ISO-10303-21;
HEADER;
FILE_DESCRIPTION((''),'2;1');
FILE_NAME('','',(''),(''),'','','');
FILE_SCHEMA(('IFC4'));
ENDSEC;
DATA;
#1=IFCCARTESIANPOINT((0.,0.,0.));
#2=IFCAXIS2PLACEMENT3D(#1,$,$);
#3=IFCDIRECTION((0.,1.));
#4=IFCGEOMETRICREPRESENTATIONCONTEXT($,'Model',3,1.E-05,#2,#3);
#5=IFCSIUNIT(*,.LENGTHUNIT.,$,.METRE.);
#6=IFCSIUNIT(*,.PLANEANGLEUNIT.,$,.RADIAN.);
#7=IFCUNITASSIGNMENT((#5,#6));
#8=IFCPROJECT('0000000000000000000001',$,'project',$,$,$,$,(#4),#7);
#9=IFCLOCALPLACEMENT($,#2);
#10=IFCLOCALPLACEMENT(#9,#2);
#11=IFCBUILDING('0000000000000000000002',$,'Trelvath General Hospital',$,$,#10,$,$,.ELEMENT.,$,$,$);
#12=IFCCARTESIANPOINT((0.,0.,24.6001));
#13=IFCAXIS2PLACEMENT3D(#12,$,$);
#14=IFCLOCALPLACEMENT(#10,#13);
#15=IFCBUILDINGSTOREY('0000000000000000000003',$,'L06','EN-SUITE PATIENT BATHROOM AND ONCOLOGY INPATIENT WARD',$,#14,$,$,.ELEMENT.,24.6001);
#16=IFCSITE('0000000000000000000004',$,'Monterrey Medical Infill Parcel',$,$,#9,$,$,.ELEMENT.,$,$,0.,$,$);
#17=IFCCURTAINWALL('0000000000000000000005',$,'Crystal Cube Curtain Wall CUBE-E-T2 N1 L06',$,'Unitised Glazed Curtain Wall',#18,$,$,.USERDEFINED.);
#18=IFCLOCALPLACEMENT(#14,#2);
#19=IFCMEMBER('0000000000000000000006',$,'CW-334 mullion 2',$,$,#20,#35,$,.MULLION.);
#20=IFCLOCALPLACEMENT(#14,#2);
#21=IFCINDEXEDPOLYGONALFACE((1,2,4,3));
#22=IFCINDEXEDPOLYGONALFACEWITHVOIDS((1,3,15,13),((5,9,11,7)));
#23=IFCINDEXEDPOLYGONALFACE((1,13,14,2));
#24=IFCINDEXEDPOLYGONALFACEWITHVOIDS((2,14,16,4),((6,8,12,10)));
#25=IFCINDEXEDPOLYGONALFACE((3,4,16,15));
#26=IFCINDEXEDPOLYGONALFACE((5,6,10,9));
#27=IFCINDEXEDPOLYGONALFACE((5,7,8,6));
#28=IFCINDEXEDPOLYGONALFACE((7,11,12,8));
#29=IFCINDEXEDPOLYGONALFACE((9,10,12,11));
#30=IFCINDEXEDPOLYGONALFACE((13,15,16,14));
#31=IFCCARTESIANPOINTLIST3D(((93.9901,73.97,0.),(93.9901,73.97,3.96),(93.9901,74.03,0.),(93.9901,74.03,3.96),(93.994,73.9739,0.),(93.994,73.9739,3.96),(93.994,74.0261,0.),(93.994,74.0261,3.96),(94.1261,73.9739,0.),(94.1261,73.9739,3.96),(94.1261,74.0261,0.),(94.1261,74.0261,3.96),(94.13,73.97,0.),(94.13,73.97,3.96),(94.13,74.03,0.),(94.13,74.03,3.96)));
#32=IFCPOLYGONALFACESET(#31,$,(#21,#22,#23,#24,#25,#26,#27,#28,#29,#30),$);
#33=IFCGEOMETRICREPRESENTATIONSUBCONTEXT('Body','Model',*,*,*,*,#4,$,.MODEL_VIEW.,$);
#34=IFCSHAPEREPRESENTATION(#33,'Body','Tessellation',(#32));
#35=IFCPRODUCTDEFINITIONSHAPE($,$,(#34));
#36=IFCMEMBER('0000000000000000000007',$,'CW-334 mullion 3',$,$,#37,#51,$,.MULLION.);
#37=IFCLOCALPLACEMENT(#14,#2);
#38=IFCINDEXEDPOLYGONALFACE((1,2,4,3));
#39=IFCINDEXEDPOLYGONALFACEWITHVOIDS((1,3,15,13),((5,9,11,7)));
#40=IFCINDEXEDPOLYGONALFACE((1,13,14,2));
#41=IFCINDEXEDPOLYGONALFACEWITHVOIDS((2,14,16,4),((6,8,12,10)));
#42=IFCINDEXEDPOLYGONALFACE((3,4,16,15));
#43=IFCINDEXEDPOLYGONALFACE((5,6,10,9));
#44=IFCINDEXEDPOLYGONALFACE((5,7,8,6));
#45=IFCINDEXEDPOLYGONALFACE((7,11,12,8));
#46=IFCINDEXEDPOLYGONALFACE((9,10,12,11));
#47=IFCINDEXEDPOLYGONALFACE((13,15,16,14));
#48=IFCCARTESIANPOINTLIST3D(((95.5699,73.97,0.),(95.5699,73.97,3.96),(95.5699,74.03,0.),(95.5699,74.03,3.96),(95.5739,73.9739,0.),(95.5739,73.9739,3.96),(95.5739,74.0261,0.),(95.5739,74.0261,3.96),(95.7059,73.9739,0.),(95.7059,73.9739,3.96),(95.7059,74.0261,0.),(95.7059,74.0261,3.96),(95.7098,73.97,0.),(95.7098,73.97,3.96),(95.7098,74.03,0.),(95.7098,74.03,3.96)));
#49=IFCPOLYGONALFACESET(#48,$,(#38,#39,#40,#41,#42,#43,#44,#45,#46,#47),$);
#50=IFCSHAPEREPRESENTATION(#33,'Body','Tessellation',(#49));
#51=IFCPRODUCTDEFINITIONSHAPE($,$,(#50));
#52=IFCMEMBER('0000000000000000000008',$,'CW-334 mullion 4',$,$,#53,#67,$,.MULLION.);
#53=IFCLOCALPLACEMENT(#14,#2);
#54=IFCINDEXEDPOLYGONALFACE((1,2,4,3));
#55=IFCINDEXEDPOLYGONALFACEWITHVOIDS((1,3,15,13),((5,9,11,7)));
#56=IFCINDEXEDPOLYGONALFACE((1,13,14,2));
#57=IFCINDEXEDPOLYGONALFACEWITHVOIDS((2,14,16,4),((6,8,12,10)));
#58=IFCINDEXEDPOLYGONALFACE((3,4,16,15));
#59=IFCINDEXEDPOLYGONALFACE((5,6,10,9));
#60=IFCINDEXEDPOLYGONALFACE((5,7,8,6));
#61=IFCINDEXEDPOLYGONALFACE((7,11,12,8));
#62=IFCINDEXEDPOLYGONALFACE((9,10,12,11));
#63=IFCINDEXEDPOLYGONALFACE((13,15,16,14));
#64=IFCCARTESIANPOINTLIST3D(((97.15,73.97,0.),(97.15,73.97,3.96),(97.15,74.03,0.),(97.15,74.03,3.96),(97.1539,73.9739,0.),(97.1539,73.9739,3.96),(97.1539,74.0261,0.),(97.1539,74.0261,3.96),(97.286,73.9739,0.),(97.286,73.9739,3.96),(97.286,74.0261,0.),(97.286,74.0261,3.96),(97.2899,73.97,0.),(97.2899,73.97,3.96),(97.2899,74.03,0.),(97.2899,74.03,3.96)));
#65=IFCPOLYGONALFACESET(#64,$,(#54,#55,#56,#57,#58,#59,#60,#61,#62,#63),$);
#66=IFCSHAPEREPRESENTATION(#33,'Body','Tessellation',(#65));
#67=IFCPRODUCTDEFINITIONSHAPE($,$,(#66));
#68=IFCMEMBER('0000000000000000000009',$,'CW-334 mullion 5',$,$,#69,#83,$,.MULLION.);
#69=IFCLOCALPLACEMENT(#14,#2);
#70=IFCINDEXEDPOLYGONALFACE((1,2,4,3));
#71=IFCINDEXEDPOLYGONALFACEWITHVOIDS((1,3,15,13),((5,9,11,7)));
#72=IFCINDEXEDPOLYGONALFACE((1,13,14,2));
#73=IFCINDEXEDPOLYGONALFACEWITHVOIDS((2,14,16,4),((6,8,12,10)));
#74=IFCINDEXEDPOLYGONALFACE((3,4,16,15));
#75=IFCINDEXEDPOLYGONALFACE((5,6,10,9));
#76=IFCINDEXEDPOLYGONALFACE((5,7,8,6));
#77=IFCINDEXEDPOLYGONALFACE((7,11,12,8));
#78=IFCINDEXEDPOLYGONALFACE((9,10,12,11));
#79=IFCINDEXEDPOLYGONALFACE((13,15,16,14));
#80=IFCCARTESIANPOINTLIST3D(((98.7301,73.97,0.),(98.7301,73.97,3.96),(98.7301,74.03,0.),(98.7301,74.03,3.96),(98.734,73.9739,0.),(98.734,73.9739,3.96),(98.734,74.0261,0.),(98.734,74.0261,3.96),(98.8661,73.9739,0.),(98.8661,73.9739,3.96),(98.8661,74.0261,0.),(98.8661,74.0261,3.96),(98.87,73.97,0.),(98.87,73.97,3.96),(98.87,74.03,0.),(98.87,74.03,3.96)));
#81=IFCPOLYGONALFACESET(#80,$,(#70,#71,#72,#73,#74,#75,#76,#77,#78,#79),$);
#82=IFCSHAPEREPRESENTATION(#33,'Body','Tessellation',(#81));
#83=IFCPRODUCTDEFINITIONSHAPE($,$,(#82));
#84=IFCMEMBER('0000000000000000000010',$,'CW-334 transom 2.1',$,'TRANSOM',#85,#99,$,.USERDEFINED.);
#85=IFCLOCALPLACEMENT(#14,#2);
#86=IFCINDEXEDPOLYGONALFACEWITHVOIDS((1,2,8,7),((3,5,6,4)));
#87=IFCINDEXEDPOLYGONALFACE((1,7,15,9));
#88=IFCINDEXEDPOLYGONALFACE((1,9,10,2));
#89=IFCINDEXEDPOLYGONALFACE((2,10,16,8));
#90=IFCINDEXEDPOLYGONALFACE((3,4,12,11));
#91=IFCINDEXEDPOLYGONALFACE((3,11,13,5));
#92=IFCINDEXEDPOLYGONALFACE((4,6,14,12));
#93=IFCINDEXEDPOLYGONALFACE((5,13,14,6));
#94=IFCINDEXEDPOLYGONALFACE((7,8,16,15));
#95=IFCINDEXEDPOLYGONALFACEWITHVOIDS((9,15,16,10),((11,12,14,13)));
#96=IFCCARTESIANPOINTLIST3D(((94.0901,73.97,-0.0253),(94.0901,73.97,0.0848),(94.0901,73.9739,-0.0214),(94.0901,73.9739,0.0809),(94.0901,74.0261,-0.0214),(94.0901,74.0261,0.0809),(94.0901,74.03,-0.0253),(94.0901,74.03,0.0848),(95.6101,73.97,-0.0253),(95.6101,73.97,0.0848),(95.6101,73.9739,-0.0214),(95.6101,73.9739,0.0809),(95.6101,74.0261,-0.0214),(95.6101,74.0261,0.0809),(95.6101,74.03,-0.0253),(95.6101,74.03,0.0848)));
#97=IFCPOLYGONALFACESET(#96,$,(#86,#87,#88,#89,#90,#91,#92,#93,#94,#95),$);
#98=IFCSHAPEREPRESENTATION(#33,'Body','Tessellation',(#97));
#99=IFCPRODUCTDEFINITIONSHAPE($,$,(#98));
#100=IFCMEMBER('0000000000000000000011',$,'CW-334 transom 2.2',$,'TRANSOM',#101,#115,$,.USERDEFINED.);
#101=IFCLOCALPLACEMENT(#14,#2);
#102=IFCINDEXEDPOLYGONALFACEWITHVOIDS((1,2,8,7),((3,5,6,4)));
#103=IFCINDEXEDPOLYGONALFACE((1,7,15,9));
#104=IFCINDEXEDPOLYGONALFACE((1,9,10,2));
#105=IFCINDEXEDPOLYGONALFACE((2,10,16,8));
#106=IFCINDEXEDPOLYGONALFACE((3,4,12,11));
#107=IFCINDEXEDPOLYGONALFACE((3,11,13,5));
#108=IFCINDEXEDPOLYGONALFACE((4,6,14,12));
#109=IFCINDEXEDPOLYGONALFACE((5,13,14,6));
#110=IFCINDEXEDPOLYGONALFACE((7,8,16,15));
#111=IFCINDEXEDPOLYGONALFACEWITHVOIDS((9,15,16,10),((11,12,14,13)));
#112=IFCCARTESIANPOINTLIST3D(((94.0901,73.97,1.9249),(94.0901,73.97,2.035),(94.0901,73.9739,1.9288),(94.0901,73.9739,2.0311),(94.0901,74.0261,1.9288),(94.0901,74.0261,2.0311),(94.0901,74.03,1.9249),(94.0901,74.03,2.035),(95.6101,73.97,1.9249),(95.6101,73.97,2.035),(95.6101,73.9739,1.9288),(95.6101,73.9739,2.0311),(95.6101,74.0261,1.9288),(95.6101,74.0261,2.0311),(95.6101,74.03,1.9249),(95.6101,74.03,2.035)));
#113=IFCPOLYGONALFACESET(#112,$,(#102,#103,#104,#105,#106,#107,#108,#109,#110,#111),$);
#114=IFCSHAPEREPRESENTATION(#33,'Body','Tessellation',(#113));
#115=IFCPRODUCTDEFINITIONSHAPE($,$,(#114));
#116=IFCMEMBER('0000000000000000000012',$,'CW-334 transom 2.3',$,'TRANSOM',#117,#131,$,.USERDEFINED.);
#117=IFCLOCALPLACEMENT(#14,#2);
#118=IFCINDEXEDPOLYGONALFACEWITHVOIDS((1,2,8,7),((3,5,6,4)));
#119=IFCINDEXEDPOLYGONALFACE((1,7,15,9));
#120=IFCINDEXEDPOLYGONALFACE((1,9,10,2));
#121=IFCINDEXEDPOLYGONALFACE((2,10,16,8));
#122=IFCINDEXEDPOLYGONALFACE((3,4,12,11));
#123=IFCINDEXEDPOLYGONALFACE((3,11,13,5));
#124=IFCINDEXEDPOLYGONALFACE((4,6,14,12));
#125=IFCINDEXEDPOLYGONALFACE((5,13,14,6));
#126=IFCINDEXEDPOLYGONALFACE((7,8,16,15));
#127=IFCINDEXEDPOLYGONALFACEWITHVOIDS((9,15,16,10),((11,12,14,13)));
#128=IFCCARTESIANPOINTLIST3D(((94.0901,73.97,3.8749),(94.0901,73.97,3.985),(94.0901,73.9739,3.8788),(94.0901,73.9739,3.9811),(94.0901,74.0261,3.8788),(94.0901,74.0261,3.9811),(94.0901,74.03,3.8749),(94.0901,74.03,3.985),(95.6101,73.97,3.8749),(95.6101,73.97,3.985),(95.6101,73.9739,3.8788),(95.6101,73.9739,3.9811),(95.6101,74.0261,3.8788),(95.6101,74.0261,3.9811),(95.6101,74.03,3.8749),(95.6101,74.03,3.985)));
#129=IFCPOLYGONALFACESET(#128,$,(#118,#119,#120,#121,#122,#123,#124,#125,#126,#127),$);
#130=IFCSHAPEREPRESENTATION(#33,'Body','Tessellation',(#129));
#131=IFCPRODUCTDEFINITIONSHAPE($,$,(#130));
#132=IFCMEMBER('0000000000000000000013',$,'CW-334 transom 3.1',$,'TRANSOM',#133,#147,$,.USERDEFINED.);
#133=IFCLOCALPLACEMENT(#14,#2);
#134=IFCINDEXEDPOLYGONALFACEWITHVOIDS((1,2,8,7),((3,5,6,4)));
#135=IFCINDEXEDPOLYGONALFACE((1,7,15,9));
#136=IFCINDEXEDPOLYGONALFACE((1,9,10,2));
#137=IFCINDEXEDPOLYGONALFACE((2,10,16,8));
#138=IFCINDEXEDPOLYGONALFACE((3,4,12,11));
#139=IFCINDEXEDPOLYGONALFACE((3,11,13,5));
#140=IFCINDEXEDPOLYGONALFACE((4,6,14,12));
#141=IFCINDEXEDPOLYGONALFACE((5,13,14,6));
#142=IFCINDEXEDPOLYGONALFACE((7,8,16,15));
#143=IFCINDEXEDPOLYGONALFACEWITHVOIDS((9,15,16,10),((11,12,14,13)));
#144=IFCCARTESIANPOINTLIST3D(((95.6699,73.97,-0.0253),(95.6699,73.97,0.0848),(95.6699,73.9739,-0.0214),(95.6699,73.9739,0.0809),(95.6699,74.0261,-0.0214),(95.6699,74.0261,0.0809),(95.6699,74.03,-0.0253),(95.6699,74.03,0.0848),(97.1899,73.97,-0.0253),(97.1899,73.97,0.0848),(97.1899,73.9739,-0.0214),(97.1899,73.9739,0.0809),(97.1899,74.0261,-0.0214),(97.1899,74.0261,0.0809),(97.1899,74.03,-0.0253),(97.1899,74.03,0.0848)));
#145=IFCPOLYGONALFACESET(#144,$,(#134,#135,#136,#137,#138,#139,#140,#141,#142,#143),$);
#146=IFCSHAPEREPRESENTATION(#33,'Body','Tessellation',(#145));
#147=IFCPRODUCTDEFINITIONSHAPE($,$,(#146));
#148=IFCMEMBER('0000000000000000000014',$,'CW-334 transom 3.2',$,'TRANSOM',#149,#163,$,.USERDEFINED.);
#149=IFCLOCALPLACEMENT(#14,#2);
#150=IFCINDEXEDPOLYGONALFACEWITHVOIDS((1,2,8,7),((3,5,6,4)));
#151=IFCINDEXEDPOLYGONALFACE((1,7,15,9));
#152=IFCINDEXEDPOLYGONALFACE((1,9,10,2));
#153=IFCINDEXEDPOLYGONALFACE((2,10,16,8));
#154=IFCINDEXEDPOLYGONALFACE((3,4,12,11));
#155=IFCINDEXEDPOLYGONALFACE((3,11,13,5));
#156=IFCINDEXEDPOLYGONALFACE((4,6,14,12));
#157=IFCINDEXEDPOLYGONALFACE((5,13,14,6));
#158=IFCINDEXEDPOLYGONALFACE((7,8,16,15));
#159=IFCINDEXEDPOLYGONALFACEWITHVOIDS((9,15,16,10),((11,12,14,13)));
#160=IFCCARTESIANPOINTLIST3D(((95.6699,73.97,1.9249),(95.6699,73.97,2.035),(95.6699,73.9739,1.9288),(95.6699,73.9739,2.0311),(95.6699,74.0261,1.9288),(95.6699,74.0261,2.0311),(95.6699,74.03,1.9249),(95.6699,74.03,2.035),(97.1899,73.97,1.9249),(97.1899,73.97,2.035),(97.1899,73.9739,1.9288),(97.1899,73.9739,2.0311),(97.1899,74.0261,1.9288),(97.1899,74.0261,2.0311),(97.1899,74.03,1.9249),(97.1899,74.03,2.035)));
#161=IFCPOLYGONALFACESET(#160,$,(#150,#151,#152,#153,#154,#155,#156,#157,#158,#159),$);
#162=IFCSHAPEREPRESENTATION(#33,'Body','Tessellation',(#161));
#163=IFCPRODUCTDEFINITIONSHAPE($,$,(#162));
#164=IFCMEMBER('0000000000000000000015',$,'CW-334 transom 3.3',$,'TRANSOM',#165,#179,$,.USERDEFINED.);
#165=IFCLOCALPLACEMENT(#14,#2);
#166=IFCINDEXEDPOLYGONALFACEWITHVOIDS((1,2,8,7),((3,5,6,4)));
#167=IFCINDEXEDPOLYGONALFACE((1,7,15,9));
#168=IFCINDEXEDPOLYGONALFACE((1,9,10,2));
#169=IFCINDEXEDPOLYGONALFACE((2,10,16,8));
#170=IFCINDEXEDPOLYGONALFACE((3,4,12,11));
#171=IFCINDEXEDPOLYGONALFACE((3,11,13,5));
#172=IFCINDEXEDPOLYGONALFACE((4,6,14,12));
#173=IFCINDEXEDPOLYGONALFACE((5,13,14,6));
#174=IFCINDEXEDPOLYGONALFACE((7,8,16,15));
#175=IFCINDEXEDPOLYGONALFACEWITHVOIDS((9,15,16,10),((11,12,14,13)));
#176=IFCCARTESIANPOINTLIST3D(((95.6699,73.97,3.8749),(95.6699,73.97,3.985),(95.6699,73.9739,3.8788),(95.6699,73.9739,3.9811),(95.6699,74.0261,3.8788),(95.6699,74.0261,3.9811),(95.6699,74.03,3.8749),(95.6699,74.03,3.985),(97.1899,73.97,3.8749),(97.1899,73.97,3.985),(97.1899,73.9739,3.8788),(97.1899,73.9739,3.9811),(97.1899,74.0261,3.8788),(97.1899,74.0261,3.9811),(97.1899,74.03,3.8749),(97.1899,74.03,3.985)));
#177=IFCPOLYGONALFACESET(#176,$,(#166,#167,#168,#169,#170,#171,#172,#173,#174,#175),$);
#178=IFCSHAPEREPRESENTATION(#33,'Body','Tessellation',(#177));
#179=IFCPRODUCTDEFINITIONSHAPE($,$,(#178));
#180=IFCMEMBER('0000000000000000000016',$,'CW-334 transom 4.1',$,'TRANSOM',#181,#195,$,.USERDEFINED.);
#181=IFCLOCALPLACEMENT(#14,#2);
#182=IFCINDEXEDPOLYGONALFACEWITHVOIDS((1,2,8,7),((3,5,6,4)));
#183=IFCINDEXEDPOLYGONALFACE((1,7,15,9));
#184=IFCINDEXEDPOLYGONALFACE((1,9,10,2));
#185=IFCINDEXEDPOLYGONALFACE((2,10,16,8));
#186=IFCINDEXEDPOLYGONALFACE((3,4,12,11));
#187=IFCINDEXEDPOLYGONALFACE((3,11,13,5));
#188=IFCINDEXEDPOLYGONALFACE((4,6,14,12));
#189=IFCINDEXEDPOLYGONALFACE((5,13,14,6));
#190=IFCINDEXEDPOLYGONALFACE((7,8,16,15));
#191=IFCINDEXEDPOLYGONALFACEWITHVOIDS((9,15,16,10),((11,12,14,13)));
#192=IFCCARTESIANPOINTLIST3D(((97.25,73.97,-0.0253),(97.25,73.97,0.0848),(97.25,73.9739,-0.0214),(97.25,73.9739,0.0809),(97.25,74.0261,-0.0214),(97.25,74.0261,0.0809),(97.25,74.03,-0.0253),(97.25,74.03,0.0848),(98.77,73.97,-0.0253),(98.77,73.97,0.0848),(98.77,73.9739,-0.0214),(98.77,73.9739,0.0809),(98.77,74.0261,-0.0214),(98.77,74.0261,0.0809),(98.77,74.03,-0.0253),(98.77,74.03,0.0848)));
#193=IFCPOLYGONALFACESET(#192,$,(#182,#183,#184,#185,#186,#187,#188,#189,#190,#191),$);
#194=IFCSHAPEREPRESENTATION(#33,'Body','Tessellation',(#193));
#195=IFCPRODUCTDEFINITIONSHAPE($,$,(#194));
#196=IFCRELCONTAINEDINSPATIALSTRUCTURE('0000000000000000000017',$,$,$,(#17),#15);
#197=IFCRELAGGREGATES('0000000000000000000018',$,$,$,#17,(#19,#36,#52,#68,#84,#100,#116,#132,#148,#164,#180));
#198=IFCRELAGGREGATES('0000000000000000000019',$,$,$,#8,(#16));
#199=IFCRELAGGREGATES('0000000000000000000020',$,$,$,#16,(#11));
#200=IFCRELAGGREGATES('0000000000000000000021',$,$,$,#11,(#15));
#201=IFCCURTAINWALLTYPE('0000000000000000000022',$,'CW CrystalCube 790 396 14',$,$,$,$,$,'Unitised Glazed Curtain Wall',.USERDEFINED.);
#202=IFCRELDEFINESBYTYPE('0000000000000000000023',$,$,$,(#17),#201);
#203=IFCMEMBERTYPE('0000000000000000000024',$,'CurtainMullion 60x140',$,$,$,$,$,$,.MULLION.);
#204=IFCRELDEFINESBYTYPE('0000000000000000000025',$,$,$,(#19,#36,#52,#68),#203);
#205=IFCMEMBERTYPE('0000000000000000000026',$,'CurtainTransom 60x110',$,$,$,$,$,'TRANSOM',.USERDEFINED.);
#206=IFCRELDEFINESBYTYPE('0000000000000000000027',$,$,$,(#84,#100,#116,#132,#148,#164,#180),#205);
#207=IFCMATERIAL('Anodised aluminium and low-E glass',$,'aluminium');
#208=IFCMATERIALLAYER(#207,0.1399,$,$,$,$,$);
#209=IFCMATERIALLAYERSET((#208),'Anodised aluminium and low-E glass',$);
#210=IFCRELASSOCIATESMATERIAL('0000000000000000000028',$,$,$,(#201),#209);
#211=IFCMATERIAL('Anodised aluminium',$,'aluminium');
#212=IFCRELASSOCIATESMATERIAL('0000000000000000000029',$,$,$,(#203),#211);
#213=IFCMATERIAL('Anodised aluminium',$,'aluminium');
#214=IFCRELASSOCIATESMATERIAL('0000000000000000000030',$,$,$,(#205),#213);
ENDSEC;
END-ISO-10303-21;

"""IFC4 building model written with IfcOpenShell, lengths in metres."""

from ifc_helpers import new_model, si_unit, direction, frame, origin, origin_2d, place, context, subcontext, project, spatial, hollow_rectangle, extrude, material, layer, layer_set, material_profile, profile_set, type_object, element, aggregate, save


model = new_model("IFC4")

# Units and contexts
model_context = context("Model", 3, precision=1e-05, world=origin(), true_north=direction((0.0, 1.0)))
body_context = subcontext(model_context, "Body", "Model", "MODEL_VIEW")
ifc_project = project(units=[si_unit("LENGTHUNIT", "METRE"), si_unit("PLANEANGLEUNIT", "RADIAN")], contexts=[model_context])

# Site, building, storey
site_placement = place(None, origin())
site = spatial("IfcSite", under=ifc_project, at=site_placement, Name="Monterrey Medical Infill Parcel", CompositionType="ELEMENT", RefElevation=0.0)
building_placement = place(site_placement, origin())
building = spatial("IfcBuilding", under=site, at=building_placement, Name="Trelvath General Hospital", CompositionType="ELEMENT")
storey_placement = place(building_placement, frame((0.0, 0.0, 24.6001)))
storey = spatial("IfcBuildingStorey", under=building, at=storey_placement, Name="L06", Description="EN-SUITE PATIENT BATHROOM AND ONCOLOGY INPATIENT WARD", CompositionType="ELEMENT", Elevation=24.6001)

# Curtain wall, members
ifc_material_1 = material(Name="Anodised aluminium and low-E glass", Category="aluminium")
ifc_layer_1 = layer(ifc_material_1, 0.1399)
ifc_layer_set_1 = layer_set([ifc_layer_1], Name="Anodised aluminium and low-E glass")
curtain_wall_type = type_object("IfcCurtainWallType", Name="CW CrystalCube 790 396 14", ElementType="Unitised Glazed Curtain Wall", PredefinedType="USERDEFINED", material=ifc_layer_set_1)
curtain_wall_placement = place(storey_placement, origin())
curtain_wall = element("IfcCurtainWall", 1, at=curtain_wall_placement, inside=storey, type_object=curtain_wall_type, Name="Crystal Cube Curtain Wall CUBE-E-T2 N1 L06", ObjectType="Unitised Glazed Curtain Wall", PredefinedType="USERDEFINED")
ifc_material_2 = material(Name="Anodised aluminium", Category="aluminium")
ifc_material_profile_1 = material_profile(ifc_material_2, hollow_rectangle(XDim=0.0601, YDim=0.1399, WallThickness=0.0039, at=origin_2d()), Name="RHS60x140x4")
ifc_profile_set_1 = profile_set([ifc_material_profile_1], Name="Anodised aluminium")
member_type_1 = type_object("IfcMemberType", Name="CurtainMullion 60x140", PredefinedType="MULLION", material=ifc_profile_set_1)
member_1_placement = place(storey_placement, frame((94.0601, 74.0, 0.0), z_axis=(0.0, 0.0, 1.0), x_axis=(0.0, 1.0, 0.0)))
member_1 = element("IfcMember", 2, at=member_1_placement, type_object=member_type_1, Name="CW-334 mullion 2", PredefinedType="MULLION", context=body_context, shape_type="SweptSolid", body=[
    extrude(hollow_rectangle(XDim=0.0601, YDim=0.1399, WallThickness=0.0039, at=origin_2d()), origin(), (0.0, 0.0, 1.0), 3.96),
])
member_2_placement = place(storey_placement, frame((95.6399, 74.0, 0.0), z_axis=(0.0, 0.0, 1.0), x_axis=(0.0, 1.0, 0.0)))
member_2 = element("IfcMember", 3, at=member_2_placement, type_object=member_type_1, Name="CW-334 mullion 3", PredefinedType="MULLION", context=body_context, shape_type="SweptSolid", body=[
    extrude(hollow_rectangle(XDim=0.0601, YDim=0.1399, WallThickness=0.0039, at=origin_2d()), origin(), (0.0, 0.0, 1.0), 3.96),
])
member_3_placement = place(storey_placement, frame((97.22, 74.0, 0.0), z_axis=(0.0, 0.0, 1.0), x_axis=(0.0, 1.0, 0.0)))
member_3 = element("IfcMember", 4, at=member_3_placement, type_object=member_type_1, Name="CW-334 mullion 4", PredefinedType="MULLION", context=body_context, shape_type="SweptSolid", body=[
    extrude(hollow_rectangle(XDim=0.0601, YDim=0.1399, WallThickness=0.0039, at=origin_2d()), origin(), (0.0, 0.0, 1.0), 3.96),
])
member_4_placement = place(storey_placement, frame((98.8, 74.0, 0.0), z_axis=(0.0, 0.0, 1.0), x_axis=(0.0, 1.0, 0.0)))
member_4 = element("IfcMember", 5, at=member_4_placement, type_object=member_type_1, Name="CW-334 mullion 5", PredefinedType="MULLION", context=body_context, shape_type="SweptSolid", body=[
    extrude(hollow_rectangle(XDim=0.0601, YDim=0.1399, WallThickness=0.0039, at=origin_2d()), origin(), (0.0, 0.0, 1.0), 3.96),
])
ifc_material_3 = material(Name="Anodised aluminium", Category="aluminium")
ifc_material_profile_2 = material_profile(ifc_material_3, hollow_rectangle(XDim=0.0601, YDim=0.1101, WallThickness=0.0039, at=origin_2d()), Name="RHS60x110x4")
ifc_profile_set_2 = profile_set([ifc_material_profile_2], Name="Anodised aluminium")
member_type_2 = type_object("IfcMemberType", Name="CurtainTransom 60x110", ElementType="TRANSOM", PredefinedType="USERDEFINED", material=ifc_profile_set_2)
member_5_placement = place(storey_placement, frame((94.0901, 74.0, 0.0298), z_axis=(1.0, 0.0, 0.0), x_axis=(0.0, 1.0, 0.0)))
member_5 = element("IfcMember", 6, at=member_5_placement, type_object=member_type_2, Name="CW-334 transom 2.1", ObjectType="TRANSOM", PredefinedType="USERDEFINED", context=body_context, shape_type="SweptSolid", body=[
    extrude(hollow_rectangle(XDim=0.0601, YDim=0.1101, WallThickness=0.0039, at=origin_2d()), origin(), (0.0, 0.0, 1.0), 1.52),
])
member_6_placement = place(storey_placement, frame((94.0901, 74.0, 1.98), z_axis=(1.0, 0.0, 0.0), x_axis=(0.0, 1.0, 0.0)))
member_6 = element("IfcMember", 7, at=member_6_placement, type_object=member_type_2, Name="CW-334 transom 2.2", ObjectType="TRANSOM", PredefinedType="USERDEFINED", context=body_context, shape_type="SweptSolid", body=[
    extrude(hollow_rectangle(XDim=0.0601, YDim=0.1101, WallThickness=0.0039, at=origin_2d()), origin(), (0.0, 0.0, 1.0), 1.52),
])
member_7_placement = place(storey_placement, frame((94.0901, 74.0, 3.9299), z_axis=(1.0, 0.0, 0.0), x_axis=(0.0, 1.0, 0.0)))
member_7 = element("IfcMember", 8, at=member_7_placement, type_object=member_type_2, Name="CW-334 transom 2.3", ObjectType="TRANSOM", PredefinedType="USERDEFINED", context=body_context, shape_type="SweptSolid", body=[
    extrude(hollow_rectangle(XDim=0.0601, YDim=0.1101, WallThickness=0.0039, at=origin_2d()), origin(), (0.0, 0.0, 1.0), 1.52),
])
member_8_placement = place(storey_placement, frame((95.6699, 74.0, 0.0298), z_axis=(1.0, 0.0, 0.0), x_axis=(0.0, 1.0, 0.0)))
member_8 = element("IfcMember", 9, at=member_8_placement, type_object=member_type_2, Name="CW-334 transom 3.1", ObjectType="TRANSOM", PredefinedType="USERDEFINED", context=body_context, shape_type="SweptSolid", body=[
    extrude(hollow_rectangle(XDim=0.0601, YDim=0.1101, WallThickness=0.0039, at=origin_2d()), origin(), (0.0, 0.0, 1.0), 1.52),
])
member_9_placement = place(storey_placement, frame((95.6699, 74.0, 1.98), z_axis=(1.0, 0.0, 0.0), x_axis=(0.0, 1.0, 0.0)))
member_9 = element("IfcMember", 10, at=member_9_placement, type_object=member_type_2, Name="CW-334 transom 3.2", ObjectType="TRANSOM", PredefinedType="USERDEFINED", context=body_context, shape_type="SweptSolid", body=[
    extrude(hollow_rectangle(XDim=0.0601, YDim=0.1101, WallThickness=0.0039, at=origin_2d()), origin(), (0.0, 0.0, 1.0), 1.52),
])
member_10_placement = place(storey_placement, frame((95.6699, 74.0, 3.9299), z_axis=(1.0, 0.0, 0.0), x_axis=(0.0, 1.0, 0.0)))
member_10 = element("IfcMember", 11, at=member_10_placement, type_object=member_type_2, Name="CW-334 transom 3.3", ObjectType="TRANSOM", PredefinedType="USERDEFINED", context=body_context, shape_type="SweptSolid", body=[
    extrude(hollow_rectangle(XDim=0.0601, YDim=0.1101, WallThickness=0.0039, at=origin_2d()), origin(), (0.0, 0.0, 1.0), 1.52),
])
member_11_placement = place(storey_placement, frame((97.25, 74.0, 0.0298), z_axis=(1.0, 0.0, 0.0), x_axis=(0.0, 1.0, 0.0)))
member_11 = element("IfcMember", 12, at=member_11_placement, type_object=member_type_2, Name="CW-334 transom 4.1", ObjectType="TRANSOM", PredefinedType="USERDEFINED", context=body_context, shape_type="SweptSolid", body=[
    extrude(hollow_rectangle(XDim=0.0601, YDim=0.1101, WallThickness=0.0039, at=origin_2d()), origin(), (0.0, 0.0, 1.0), 1.52),
])
aggregate(curtain_wall, [member_1, member_2, member_3, member_4, member_5, member_6, member_7, member_8, member_9, member_10, member_11])

save(model, "model.ifc")
